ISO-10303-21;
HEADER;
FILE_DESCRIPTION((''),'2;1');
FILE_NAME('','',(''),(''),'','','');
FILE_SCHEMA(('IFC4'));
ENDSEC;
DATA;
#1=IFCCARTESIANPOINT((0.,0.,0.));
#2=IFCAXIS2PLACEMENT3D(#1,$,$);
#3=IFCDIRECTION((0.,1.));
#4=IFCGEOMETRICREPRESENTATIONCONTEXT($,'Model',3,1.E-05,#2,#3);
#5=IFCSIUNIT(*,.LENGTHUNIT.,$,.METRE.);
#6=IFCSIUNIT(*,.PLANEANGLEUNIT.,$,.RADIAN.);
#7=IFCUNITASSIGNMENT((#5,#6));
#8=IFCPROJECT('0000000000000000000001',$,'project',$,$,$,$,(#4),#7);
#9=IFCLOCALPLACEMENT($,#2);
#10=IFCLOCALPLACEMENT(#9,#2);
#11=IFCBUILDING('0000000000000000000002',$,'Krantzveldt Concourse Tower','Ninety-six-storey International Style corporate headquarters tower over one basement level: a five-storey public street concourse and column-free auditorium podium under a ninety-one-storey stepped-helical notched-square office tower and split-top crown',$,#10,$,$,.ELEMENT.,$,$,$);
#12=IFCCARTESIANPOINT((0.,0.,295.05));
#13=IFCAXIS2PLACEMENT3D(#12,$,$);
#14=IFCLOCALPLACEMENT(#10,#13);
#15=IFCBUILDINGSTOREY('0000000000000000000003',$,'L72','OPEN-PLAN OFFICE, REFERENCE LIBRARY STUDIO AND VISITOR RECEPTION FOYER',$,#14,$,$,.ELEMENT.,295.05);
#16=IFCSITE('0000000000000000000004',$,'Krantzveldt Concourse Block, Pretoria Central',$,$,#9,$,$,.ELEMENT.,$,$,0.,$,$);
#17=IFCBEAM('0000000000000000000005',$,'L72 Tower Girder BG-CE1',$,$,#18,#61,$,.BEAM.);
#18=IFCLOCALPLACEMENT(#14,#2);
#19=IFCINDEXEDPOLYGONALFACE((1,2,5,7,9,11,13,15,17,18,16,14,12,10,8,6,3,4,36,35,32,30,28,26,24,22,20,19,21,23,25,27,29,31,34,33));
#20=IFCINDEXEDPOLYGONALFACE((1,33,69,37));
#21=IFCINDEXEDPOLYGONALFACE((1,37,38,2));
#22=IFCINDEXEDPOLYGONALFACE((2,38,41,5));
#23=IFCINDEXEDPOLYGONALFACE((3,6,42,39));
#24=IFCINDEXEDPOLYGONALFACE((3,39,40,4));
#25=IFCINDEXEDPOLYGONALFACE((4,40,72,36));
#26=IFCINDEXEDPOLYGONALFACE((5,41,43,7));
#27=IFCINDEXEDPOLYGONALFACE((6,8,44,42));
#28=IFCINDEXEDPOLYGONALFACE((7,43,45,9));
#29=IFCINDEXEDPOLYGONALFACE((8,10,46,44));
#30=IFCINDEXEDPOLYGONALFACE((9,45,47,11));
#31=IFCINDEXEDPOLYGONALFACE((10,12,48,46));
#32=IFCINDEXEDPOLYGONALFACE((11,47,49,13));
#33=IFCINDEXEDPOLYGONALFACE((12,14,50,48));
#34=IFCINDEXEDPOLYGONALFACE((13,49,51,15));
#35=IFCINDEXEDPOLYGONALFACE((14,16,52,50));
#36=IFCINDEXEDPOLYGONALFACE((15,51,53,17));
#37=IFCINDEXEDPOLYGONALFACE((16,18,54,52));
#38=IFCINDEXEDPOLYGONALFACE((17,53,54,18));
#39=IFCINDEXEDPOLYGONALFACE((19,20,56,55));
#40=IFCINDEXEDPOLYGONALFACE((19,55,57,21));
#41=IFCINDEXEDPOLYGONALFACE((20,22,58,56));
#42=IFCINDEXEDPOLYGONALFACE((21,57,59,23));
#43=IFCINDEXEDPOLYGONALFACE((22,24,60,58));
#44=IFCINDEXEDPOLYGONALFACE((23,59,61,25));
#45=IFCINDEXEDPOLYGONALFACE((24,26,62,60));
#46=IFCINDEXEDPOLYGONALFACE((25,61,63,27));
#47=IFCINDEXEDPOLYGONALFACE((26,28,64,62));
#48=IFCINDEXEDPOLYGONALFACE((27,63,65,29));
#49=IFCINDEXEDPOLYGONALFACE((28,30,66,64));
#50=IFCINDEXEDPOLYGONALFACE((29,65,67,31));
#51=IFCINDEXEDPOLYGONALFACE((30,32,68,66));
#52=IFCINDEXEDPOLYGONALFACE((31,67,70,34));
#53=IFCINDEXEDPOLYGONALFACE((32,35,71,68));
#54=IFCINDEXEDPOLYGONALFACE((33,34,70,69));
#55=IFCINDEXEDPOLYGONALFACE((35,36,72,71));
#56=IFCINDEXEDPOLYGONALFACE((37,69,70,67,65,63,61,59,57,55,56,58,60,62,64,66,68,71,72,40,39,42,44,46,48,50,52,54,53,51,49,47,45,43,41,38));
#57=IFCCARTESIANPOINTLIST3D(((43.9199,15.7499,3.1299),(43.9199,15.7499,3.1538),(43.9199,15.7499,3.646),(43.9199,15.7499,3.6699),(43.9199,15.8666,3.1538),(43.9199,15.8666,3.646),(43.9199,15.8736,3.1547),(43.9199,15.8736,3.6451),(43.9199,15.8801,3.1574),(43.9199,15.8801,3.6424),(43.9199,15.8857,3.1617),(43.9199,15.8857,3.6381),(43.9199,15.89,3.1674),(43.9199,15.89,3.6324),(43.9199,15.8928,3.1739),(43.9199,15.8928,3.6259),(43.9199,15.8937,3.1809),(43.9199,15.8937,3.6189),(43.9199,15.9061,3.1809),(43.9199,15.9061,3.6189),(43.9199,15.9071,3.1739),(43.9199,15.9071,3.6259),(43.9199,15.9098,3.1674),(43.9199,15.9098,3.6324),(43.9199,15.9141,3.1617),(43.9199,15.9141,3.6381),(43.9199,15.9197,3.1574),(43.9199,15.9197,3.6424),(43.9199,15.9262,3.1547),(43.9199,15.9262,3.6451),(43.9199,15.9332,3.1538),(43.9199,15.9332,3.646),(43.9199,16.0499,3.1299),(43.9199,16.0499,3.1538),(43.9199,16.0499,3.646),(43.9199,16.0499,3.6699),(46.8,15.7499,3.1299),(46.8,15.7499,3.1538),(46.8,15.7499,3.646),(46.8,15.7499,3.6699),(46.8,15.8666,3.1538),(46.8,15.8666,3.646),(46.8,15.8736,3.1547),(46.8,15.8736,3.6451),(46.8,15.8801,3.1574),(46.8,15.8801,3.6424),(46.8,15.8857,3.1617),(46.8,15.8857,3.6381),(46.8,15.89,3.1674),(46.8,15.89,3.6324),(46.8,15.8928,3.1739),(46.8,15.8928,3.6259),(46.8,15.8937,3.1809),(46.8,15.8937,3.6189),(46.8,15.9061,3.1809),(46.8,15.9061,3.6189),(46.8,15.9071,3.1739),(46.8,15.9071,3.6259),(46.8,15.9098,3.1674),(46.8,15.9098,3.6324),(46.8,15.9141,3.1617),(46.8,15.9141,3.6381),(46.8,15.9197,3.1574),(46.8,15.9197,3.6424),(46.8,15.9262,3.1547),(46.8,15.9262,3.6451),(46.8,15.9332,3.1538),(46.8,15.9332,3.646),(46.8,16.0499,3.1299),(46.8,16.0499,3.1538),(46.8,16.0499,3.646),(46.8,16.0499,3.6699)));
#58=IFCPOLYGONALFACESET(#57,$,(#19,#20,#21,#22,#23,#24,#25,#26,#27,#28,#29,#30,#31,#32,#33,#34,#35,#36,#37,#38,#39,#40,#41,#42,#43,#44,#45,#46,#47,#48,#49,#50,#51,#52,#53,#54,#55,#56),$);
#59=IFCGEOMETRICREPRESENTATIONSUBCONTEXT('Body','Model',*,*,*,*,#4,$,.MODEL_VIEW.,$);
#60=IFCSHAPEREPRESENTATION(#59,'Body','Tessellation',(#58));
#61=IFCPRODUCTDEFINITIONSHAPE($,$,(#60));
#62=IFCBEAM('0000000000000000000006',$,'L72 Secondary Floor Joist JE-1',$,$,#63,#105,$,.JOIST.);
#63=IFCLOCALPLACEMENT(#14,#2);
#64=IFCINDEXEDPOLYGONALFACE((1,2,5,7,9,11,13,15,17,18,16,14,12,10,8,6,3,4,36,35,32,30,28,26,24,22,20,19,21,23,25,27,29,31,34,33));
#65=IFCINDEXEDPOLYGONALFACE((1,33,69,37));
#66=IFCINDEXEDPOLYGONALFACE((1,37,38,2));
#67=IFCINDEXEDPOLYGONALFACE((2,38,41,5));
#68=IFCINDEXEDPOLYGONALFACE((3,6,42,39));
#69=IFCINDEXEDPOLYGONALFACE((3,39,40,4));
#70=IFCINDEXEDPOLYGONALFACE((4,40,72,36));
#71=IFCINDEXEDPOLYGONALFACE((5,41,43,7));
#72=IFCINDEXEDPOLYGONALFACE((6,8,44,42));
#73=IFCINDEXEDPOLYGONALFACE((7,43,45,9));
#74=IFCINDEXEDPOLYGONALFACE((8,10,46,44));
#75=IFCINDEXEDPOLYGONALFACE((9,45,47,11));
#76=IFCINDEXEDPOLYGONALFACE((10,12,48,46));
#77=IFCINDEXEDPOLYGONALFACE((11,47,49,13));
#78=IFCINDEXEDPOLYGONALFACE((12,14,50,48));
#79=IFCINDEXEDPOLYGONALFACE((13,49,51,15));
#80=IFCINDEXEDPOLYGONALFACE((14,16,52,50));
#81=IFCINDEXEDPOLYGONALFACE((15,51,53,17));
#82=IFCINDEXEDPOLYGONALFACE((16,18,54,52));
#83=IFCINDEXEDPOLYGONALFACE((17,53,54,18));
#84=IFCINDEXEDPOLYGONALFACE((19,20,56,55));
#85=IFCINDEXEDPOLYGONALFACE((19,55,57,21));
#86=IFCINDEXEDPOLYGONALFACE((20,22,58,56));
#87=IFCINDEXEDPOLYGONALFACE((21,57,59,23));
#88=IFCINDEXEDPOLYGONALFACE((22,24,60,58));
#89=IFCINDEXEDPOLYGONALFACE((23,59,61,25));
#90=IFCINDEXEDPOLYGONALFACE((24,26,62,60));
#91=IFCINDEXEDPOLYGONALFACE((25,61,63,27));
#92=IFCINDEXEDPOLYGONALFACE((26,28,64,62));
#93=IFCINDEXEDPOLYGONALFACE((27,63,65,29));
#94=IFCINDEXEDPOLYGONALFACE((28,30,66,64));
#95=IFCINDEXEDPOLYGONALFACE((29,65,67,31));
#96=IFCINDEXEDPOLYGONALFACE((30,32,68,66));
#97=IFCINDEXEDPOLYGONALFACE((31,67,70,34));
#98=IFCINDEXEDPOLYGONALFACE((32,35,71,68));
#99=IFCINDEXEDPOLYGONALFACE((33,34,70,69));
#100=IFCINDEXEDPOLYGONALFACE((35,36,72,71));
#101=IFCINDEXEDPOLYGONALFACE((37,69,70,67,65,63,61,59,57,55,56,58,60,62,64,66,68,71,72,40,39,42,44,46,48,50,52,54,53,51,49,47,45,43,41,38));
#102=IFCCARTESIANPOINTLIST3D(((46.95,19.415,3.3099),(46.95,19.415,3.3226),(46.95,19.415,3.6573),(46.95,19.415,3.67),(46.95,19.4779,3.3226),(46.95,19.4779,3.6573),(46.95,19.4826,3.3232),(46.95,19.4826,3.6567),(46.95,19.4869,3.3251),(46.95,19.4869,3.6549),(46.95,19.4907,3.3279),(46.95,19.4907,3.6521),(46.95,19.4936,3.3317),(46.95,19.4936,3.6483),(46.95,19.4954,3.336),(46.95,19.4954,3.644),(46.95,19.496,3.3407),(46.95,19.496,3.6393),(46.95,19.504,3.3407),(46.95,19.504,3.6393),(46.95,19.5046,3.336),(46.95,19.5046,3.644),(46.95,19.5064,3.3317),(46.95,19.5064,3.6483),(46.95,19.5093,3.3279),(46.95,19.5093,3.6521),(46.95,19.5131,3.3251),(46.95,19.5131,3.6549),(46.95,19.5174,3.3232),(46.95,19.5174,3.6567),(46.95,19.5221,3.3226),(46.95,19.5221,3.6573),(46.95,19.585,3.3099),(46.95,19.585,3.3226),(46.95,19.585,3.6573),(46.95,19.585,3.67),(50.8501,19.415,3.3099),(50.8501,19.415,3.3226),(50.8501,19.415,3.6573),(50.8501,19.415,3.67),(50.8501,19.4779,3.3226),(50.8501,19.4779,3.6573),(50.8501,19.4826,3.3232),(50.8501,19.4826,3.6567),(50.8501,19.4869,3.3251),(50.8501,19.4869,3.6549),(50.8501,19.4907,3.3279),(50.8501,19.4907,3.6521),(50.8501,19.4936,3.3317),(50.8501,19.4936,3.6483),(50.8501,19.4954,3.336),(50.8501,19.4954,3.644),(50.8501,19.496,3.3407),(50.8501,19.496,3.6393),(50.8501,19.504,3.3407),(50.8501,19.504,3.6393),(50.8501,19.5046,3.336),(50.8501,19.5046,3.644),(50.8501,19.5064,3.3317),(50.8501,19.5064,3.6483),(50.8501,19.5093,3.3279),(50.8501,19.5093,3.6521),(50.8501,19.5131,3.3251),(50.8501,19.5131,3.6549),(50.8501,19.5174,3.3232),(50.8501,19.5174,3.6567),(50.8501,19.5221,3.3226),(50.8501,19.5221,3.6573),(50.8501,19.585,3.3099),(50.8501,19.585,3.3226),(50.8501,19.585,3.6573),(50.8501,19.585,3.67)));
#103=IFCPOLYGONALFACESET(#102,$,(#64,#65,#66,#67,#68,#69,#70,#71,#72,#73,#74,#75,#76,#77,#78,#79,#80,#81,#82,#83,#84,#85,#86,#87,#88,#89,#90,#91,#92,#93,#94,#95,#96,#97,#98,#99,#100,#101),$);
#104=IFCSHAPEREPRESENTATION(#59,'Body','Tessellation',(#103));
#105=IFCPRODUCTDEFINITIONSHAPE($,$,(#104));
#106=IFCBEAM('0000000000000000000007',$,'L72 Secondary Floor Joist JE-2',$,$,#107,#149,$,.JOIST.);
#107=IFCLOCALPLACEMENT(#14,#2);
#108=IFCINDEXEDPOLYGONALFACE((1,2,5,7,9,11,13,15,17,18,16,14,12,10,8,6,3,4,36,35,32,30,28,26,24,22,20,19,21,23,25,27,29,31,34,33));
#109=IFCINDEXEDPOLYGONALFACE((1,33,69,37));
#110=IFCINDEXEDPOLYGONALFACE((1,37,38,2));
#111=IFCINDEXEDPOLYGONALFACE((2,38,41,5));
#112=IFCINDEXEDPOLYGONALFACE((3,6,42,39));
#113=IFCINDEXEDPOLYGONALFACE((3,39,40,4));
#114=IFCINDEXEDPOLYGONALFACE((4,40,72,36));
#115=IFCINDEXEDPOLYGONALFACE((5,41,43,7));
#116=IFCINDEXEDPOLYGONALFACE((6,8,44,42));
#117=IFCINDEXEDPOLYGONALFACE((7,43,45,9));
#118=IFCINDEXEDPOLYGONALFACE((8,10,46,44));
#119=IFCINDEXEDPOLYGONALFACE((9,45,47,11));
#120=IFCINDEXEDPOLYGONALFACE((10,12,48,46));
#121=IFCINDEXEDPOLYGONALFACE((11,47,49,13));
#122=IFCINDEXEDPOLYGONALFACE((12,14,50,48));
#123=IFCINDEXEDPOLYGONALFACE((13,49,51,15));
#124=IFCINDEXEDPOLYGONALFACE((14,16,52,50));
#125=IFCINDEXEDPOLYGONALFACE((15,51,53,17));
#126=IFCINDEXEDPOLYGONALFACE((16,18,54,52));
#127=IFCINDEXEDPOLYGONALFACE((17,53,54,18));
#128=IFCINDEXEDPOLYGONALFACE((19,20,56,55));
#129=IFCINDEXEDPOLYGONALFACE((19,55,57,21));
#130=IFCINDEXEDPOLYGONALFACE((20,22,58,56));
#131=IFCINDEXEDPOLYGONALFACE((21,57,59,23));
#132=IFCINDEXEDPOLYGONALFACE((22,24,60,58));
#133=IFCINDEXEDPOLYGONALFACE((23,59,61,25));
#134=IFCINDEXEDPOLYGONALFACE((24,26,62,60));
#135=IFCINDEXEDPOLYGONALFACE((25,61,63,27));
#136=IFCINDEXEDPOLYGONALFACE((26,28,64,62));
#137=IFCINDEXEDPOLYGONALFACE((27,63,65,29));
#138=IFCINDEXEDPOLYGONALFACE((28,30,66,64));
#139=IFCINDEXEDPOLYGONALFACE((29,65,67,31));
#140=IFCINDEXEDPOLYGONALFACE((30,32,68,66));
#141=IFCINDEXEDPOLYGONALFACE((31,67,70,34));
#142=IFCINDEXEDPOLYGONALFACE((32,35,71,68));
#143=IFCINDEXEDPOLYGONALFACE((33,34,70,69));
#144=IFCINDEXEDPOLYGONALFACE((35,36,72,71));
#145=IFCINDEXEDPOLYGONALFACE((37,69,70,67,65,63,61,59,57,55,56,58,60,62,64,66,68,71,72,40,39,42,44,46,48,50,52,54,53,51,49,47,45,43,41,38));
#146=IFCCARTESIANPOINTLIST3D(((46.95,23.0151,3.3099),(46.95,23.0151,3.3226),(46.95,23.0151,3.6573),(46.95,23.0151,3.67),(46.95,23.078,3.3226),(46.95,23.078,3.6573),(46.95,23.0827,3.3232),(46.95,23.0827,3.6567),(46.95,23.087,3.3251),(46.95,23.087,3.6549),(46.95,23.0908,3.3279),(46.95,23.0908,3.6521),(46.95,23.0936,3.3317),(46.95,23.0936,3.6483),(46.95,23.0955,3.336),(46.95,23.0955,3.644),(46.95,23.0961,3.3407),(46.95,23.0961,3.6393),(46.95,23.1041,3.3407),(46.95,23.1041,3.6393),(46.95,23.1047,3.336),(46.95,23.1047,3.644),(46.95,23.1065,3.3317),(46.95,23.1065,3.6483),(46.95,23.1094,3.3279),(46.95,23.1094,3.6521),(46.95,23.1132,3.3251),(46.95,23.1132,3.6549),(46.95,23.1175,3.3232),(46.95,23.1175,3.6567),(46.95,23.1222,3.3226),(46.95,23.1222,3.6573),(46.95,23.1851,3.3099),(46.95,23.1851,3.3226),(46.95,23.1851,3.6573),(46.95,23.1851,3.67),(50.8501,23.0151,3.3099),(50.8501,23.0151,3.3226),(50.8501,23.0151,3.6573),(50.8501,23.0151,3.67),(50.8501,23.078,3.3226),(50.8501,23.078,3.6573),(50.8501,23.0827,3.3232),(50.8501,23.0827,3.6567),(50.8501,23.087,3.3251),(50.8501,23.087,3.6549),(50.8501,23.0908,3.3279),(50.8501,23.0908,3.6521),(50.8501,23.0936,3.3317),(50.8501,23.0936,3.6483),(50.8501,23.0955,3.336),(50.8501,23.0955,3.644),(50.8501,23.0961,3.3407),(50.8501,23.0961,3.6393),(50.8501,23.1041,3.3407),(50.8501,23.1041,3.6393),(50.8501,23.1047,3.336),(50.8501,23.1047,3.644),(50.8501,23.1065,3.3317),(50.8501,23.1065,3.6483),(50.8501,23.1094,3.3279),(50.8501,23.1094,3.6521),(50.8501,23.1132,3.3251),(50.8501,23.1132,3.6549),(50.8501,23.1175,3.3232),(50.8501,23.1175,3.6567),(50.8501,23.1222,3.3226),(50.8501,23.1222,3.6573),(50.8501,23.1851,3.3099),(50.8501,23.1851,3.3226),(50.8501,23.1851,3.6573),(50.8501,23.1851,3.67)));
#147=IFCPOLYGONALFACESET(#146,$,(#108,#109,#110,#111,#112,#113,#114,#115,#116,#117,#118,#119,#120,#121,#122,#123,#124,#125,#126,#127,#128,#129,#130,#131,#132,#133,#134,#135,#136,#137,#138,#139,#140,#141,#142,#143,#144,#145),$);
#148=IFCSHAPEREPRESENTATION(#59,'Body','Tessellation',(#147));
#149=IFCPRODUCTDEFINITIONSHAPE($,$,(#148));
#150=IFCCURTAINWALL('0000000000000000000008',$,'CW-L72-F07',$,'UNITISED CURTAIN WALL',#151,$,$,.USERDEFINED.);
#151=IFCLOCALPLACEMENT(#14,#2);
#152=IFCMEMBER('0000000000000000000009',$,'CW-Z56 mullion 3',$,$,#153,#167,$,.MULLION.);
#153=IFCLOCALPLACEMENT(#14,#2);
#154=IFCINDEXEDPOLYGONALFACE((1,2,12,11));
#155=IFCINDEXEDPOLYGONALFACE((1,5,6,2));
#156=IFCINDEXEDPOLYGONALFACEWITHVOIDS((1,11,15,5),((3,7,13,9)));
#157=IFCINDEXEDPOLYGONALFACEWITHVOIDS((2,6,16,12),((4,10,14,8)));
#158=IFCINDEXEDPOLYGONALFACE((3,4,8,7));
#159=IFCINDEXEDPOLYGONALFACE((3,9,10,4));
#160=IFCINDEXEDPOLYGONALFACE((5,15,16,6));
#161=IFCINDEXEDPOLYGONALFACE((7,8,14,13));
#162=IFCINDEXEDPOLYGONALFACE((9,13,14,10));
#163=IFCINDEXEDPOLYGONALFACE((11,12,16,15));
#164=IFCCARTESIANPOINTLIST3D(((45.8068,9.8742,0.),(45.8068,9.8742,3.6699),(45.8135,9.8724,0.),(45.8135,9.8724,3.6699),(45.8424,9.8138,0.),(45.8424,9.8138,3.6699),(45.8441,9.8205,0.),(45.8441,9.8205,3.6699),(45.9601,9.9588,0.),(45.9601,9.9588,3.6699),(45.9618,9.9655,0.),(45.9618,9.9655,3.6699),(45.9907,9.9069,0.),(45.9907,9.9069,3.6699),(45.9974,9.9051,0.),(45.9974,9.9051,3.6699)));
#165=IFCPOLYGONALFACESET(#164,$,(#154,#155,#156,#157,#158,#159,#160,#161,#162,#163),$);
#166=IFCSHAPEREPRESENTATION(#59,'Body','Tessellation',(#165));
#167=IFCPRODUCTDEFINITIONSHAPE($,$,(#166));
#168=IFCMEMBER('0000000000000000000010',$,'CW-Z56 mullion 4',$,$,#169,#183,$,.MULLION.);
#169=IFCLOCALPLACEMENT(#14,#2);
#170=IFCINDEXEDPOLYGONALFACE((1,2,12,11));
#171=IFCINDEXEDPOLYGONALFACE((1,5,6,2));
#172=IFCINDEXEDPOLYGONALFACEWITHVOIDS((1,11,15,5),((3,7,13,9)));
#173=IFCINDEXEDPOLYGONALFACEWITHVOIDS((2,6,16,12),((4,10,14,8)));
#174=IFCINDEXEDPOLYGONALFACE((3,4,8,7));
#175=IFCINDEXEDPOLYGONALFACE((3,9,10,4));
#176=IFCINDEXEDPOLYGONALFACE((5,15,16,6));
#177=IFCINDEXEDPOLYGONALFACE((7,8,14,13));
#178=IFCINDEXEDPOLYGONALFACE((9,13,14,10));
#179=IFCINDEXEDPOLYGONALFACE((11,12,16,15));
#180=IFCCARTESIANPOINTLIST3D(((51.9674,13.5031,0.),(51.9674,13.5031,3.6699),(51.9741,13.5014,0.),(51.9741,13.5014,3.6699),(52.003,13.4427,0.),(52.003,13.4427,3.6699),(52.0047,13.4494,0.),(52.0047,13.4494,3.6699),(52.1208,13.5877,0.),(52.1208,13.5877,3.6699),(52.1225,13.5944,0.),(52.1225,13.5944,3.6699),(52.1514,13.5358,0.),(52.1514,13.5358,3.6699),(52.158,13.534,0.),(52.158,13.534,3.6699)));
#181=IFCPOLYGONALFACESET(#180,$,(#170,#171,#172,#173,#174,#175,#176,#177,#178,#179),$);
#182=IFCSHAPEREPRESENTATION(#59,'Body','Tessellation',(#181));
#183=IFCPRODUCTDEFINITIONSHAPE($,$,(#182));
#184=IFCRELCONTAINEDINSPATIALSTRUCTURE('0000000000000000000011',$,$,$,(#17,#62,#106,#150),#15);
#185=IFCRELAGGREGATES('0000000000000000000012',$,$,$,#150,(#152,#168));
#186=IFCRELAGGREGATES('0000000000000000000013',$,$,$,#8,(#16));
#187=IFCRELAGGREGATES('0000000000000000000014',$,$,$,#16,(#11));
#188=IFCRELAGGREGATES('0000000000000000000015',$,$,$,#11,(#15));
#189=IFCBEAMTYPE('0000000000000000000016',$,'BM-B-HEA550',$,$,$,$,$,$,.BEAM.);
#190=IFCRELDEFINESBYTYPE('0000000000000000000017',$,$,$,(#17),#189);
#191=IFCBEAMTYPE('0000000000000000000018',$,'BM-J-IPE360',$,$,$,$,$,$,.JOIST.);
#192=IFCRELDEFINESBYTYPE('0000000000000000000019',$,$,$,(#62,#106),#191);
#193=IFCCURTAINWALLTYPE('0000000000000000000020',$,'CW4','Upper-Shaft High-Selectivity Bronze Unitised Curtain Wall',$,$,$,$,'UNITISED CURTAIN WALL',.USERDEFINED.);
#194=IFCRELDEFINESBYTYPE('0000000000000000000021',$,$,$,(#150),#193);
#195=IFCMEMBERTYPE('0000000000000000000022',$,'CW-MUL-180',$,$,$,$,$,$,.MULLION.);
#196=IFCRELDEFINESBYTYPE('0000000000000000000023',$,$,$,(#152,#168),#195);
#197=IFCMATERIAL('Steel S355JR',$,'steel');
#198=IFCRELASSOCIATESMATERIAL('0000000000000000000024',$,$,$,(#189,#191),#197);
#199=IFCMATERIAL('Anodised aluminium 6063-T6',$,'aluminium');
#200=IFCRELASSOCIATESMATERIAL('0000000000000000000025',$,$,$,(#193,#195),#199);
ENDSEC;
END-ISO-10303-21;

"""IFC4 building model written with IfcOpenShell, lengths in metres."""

from ifc_helpers import new_model, si_unit, direction, frame, origin, origin_2d, place, context, subcontext, project, spatial, hollow_rectangle, i_section, extrude, source, transform, mapped, material, material_profile, profile_set, type_object, type_shapes, element, aggregate, save


model = new_model("IFC4")

# Units and contexts
model_context = context("Model", 3, precision=1e-05, world=origin(), true_north=direction((0.0, 1.0)))
body_context = subcontext(model_context, "Body", "Model", "MODEL_VIEW")
ifc_project = project(units=[si_unit("LENGTHUNIT", "METRE"), si_unit("PLANEANGLEUNIT", "RADIAN")], contexts=[model_context])

# Site, building, storey
site_placement = place(None, origin())
site = spatial("IfcSite", under=ifc_project, at=site_placement, Name="Krantzveldt Concourse Block, Pretoria Central", CompositionType="ELEMENT", RefElevation=0.0)
building_placement = place(site_placement, origin())
building = spatial("IfcBuilding", under=site, at=building_placement, Name="Krantzveldt Concourse Tower", Description="Ninety-six-storey International Style corporate headquarters tower over one basement level: a five-storey public street concourse and column-free auditorium podium under a ninety-one-storey stepped-helical notched-square office tower and split-top crown", CompositionType="ELEMENT")
storey_placement = place(building_placement, frame((0.0, 0.0, 295.05)))
storey = spatial("IfcBuildingStorey", under=building, at=storey_placement, Name="L72", Description="OPEN-PLAN OFFICE, REFERENCE LIBRARY STUDIO AND VISITOR RECEPTION FOYER", CompositionType="ELEMENT", Elevation=295.05)

# Beams
ifc_material_1 = material(Name="Steel S355JR", Category="steel")
ifc_material_profile_1 = material_profile(ifc_material_1, i_section(OverallWidth=0.3, OverallDepth=0.54, WebThickness=0.0125, FlangeThickness=0.0239, FilletRadius=0.0271, at=origin_2d()), Name="Steel S355JR", Category="steel")
ifc_profile_set_1 = profile_set([ifc_material_profile_1], Name="Steel S355JR - HEA 550")
beam_type_1 = type_object("IfcBeamType", Name="BM-B-HEA550", PredefinedType="BEAM", material=ifc_profile_set_1)
shared_shape_1 = source(origin(), body_context, "Body", "SweptSolid", [
    extrude(i_section(OverallWidth=0.3, OverallDepth=0.54, WebThickness=0.0125, FlangeThickness=0.0239, FilletRadius=0.0271, at=origin_2d()), origin(), (0.0, 0.0, 1.0), 2.8801),
])
beam_1_placement = place(storey_placement, frame((43.9199, 15.8999, 3.3999), z_axis=(1.0, 0.0, 0.0), x_axis=(0.0, 1.0, 0.0)))
element("IfcBeam", 1, at=beam_1_placement, inside=storey, type_object=beam_type_1, Name="L72 Tower Girder BG-CE1", PredefinedType="BEAM", context=body_context, shape_type="MappedRepresentation", body=[
    mapped(shared_shape_1, transform((0.0, 0.0, 0.0), x_axis=(1.0, 0.0, 0.0), y_axis=(0.0, 1.0, 0.0), z_axis=(0.0, 0.0, 1.0), scale=1.0)),
])
ifc_material_profile_2 = material_profile(ifc_material_1, i_section(OverallWidth=0.1699, OverallDepth=0.3601, WebThickness=0.0081, FlangeThickness=0.0127, FilletRadius=0.0181, at=origin_2d()), Name="Steel S355JR", Category="steel")
ifc_profile_set_2 = profile_set([ifc_material_profile_2], Name="Steel S355JR - IPE 360")
beam_type_2 = type_object("IfcBeamType", Name="BM-J-IPE360", PredefinedType="JOIST", material=ifc_profile_set_2)
shared_shape_2 = source(origin(), body_context, "Body", "SweptSolid", [
    extrude(i_section(OverallWidth=0.1699, OverallDepth=0.3601, WebThickness=0.0081, FlangeThickness=0.0127, FilletRadius=0.0181, at=origin_2d()), origin(), (0.0, 0.0, 1.0), 3.9001),
])
type_shapes(beam_type_2, [shared_shape_2])
for number, where, z_axis, x_axis, name in (
    (2, (46.95, 19.5, 3.49), (1.0, 0.0, 0.0), (0.0, 1.0, 0.0), "L72 Secondary Floor Joist JE-1"),
    (3, (46.95, 23.1001, 3.49), (1.0, 0.0, 0.0), (0.0, 1.0, 0.0), "L72 Secondary Floor Joist JE-2"),
):
    element("IfcBeam", number, at=place(storey_placement, frame(where, z_axis=z_axis, x_axis=x_axis)), inside=storey, type_object=beam_type_2, Name=name, PredefinedType="JOIST", context=body_context, shape_type="MappedRepresentation", body=[
        mapped(shared_shape_2, transform((0.0, 0.0, 0.0), x_axis=(1.0, 0.0, 0.0), y_axis=(0.0, 1.0, 0.0), z_axis=(0.0, 0.0, 1.0), scale=1.0)),
    ])

# Curtain wall, members
ifc_material_2 = material(Name="Anodised aluminium 6063-T6", Category="aluminium")
curtain_wall_type = type_object("IfcCurtainWallType", Name="CW4", Description="Upper-Shaft High-Selectivity Bronze Unitised Curtain Wall", ElementType="UNITISED CURTAIN WALL", PredefinedType="USERDEFINED", material=ifc_material_2)
curtain_wall_1_placement = place(storey_placement, origin())
curtain_wall_1 = element("IfcCurtainWall", 4, at=curtain_wall_1_placement, inside=storey, type_object=curtain_wall_type, Name="CW-L72-F07", ObjectType="UNITISED CURTAIN WALL", PredefinedType="USERDEFINED")
ifc_material_profile_3 = material_profile(ifc_material_2, hollow_rectangle(XDim=0.0701, YDim=0.1799, WallThickness=0.0049, at=origin_2d()), Name="Anodised aluminium 6063-T6", Category="aluminium")
ifc_profile_set_3 = profile_set([ifc_material_profile_3], Name="Anodised aluminium 6063-T6 - ALU-MULL 180x70x5")
member_type_1 = type_object("IfcMemberType", Name="CW-MUL-180", PredefinedType="MULLION", material=ifc_profile_set_3)
shared_shape_3 = source(origin(), body_context, "Body", "SweptSolid", [
    extrude(hollow_rectangle(XDim=0.0701, YDim=0.1799, WallThickness=0.0049, at=origin_2d()), origin(), (0.0, 0.0, 1.0), 3.6699),
])
type_shapes(member_type_1, [shared_shape_3])
member_1_placement = place(storey_placement, frame((45.9021, 9.8896, 0.0), z_axis=(0.0, 0.0, 1.0), x_axis=(-0.507538, 0.861629, 0.0)))
member_1 = element("IfcMember", 5, at=member_1_placement, type_object=member_type_1, Name="CW-Z56 mullion 3", PredefinedType="MULLION", context=body_context, shape_type="MappedRepresentation", body=[
    mapped(shared_shape_3, transform((0.0, 0.0, 0.0), x_axis=(1.0, 0.0, 0.0), y_axis=(0.0, 1.0, 0.0), z_axis=(0.0, 0.0, 1.0), scale=1.0)),
])
member_2_placement = place(storey_placement, frame((52.0627, 13.5186, 0.0), z_axis=(0.0, 0.0, 1.0), x_axis=(-0.507538, 0.861629, 0.0)))
member_2 = element("IfcMember", 6, at=member_2_placement, type_object=member_type_1, Name="CW-Z56 mullion 4", PredefinedType="MULLION", context=body_context, shape_type="MappedRepresentation", body=[
    mapped(shared_shape_3, transform((0.0, 0.0, 0.0), x_axis=(1.0, 0.0, 0.0), y_axis=(0.0, 1.0, 0.0), z_axis=(0.0, 0.0, 1.0), scale=1.0)),
])

aggregate(curtain_wall_1, [member_1, member_2])

save(model, "model.ifc")
